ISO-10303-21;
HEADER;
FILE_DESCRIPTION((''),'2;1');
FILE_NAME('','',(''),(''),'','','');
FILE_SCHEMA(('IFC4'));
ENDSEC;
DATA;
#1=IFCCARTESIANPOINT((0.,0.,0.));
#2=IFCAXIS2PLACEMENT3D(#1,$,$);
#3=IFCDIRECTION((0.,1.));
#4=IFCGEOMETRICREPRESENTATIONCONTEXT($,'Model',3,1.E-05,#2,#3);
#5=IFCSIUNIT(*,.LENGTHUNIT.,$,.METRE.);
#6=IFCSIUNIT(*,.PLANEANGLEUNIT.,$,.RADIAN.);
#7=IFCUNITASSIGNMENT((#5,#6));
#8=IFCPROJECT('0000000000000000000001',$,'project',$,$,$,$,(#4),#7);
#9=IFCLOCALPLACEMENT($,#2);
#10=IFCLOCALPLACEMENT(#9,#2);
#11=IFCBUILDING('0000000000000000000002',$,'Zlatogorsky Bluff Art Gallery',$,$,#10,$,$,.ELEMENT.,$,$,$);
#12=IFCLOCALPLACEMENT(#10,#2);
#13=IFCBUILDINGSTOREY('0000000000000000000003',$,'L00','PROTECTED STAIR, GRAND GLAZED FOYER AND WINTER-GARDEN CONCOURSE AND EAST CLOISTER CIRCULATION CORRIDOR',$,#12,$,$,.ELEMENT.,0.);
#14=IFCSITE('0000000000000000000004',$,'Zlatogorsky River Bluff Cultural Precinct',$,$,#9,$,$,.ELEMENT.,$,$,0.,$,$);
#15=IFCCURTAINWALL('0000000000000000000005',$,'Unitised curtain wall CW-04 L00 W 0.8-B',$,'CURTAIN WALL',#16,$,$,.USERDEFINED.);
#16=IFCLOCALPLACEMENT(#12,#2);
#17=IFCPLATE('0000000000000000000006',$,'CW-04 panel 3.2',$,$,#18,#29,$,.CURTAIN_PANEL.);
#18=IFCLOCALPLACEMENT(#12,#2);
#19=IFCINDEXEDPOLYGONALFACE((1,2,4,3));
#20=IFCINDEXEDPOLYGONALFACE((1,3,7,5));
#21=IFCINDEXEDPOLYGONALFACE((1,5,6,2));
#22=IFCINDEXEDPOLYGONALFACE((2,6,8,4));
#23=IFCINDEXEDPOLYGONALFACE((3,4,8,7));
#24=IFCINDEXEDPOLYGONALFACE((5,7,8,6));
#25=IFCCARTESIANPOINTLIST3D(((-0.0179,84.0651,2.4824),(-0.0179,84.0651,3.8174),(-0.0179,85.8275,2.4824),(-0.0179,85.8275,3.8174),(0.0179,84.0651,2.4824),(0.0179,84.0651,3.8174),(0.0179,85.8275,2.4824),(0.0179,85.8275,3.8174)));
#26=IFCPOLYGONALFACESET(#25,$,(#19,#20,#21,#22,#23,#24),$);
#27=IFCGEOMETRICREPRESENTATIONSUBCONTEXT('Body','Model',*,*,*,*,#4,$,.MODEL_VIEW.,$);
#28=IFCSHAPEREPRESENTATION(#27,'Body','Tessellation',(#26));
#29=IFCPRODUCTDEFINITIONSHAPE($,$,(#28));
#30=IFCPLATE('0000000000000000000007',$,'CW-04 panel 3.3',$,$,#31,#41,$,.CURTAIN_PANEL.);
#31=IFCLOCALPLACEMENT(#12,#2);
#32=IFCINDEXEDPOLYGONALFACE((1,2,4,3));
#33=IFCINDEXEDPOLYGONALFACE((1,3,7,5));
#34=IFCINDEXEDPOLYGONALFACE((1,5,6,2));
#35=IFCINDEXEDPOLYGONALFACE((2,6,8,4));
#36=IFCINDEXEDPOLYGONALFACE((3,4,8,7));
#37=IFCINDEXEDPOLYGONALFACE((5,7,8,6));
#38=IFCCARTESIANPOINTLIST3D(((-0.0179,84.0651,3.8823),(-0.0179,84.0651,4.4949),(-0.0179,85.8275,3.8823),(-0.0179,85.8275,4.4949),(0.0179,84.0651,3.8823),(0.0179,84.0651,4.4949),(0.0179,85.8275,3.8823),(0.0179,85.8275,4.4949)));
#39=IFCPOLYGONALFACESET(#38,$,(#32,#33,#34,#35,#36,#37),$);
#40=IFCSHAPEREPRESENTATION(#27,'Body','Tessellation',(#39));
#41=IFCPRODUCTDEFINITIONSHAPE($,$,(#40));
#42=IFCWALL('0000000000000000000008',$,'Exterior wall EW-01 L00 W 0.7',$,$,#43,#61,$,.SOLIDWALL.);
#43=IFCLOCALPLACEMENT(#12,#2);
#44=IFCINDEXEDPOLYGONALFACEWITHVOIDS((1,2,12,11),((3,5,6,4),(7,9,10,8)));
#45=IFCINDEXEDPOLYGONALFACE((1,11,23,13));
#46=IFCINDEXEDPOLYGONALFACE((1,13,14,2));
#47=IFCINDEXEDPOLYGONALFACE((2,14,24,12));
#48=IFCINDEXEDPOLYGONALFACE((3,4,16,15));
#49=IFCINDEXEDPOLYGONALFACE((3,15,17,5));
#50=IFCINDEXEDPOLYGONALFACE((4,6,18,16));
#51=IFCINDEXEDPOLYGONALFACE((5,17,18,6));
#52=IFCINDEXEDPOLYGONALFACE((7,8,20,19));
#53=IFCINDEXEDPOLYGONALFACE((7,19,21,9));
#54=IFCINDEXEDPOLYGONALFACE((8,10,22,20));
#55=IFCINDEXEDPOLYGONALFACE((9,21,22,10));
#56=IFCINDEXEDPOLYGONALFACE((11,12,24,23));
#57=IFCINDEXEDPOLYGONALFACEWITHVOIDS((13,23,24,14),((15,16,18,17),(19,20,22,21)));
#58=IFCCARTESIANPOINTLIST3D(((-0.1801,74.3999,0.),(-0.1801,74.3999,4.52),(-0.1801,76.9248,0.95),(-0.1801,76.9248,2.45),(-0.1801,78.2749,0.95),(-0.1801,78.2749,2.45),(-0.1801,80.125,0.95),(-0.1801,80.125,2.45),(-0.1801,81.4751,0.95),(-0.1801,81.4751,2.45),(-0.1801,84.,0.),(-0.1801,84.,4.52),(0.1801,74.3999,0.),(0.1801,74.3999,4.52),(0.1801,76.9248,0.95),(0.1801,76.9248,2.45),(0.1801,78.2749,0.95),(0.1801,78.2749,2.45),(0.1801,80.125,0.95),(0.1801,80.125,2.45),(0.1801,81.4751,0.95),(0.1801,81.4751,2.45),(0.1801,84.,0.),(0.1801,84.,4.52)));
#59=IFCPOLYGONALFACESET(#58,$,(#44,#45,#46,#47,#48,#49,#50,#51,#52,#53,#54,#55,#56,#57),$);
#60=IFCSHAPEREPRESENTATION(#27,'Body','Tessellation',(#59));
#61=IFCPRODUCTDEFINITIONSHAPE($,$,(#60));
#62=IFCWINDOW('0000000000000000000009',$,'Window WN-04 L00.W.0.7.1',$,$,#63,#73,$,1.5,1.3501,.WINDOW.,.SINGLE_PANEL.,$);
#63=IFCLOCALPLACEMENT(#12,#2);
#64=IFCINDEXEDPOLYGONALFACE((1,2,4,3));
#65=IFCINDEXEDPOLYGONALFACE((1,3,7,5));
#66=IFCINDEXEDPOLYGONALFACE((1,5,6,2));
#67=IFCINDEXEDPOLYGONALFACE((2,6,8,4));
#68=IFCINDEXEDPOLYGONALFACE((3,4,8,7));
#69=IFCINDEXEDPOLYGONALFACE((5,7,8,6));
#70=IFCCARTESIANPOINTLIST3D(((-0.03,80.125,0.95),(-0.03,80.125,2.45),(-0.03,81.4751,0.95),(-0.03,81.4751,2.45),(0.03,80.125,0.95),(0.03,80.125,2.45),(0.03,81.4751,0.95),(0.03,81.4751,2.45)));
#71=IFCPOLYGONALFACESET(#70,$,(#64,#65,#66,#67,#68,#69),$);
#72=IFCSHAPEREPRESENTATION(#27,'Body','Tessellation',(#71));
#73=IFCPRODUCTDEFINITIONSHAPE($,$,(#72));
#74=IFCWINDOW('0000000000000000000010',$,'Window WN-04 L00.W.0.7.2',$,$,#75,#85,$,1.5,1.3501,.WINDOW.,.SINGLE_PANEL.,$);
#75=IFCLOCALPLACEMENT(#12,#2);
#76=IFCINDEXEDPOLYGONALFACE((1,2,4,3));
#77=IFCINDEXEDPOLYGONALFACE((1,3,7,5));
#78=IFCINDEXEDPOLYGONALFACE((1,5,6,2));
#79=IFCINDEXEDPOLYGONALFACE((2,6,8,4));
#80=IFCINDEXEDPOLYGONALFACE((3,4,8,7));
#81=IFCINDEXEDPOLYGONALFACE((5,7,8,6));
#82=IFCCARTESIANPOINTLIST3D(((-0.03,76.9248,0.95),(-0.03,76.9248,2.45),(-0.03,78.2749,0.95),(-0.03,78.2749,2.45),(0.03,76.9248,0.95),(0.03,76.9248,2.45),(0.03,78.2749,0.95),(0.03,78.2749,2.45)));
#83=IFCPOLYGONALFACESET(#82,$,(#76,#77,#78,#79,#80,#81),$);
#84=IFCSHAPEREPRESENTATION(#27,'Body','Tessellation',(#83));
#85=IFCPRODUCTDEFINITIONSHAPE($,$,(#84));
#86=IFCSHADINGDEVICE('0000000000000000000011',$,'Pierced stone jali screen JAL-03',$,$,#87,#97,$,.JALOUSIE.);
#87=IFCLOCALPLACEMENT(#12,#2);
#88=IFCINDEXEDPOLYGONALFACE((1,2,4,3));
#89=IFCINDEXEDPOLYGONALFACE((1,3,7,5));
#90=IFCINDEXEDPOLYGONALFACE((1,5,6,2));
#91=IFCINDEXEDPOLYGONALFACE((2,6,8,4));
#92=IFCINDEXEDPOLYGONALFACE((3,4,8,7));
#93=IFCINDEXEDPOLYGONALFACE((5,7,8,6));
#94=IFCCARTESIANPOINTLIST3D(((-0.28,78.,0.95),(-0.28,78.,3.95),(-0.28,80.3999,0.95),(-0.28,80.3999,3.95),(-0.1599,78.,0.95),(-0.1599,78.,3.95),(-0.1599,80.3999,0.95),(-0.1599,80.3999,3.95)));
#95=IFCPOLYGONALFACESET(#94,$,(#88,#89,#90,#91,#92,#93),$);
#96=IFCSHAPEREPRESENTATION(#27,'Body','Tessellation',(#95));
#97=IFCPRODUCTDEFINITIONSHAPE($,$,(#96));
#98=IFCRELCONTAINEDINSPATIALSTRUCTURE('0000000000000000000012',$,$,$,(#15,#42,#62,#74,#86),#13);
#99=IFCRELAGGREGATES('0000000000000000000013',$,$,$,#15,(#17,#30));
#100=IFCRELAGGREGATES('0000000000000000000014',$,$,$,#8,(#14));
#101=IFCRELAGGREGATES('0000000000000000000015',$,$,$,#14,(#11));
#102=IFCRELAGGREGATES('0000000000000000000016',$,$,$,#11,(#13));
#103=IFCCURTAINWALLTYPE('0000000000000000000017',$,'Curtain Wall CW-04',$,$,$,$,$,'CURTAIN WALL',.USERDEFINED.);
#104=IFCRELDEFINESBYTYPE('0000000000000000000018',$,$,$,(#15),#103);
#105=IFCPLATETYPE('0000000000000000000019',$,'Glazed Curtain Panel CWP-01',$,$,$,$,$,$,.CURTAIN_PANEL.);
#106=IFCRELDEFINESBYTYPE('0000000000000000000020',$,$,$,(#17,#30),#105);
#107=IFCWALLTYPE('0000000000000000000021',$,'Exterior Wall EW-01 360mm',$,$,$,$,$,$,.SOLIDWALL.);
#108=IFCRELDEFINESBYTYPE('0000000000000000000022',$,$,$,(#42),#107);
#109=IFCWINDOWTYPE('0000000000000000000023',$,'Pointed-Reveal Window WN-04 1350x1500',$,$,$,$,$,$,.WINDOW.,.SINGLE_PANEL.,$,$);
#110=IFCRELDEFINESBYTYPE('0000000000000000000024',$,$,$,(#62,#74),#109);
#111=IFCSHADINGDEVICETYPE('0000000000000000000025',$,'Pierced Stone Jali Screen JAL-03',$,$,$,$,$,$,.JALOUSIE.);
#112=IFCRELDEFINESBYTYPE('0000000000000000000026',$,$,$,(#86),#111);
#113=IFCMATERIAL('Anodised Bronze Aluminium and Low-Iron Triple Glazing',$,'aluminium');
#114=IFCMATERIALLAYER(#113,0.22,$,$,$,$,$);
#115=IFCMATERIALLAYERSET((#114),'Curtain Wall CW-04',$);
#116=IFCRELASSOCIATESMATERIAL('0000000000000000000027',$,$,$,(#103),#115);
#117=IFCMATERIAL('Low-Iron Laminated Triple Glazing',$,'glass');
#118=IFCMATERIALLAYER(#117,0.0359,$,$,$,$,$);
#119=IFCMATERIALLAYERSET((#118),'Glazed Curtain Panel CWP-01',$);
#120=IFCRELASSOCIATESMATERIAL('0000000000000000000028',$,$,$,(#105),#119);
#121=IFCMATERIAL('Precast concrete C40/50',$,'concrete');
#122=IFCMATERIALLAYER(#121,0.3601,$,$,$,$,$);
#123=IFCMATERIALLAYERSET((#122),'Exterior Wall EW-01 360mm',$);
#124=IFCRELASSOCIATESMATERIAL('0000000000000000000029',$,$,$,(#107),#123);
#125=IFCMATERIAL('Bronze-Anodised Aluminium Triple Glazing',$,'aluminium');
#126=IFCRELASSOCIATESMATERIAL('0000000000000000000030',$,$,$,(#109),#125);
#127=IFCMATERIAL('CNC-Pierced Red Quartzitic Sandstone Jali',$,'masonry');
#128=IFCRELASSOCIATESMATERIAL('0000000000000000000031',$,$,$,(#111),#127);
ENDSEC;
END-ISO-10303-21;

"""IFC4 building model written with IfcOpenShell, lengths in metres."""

from ifc_helpers import new_model, si_unit, direction, frame, frame_2d, origin, origin_2d, place, context, subcontext, project, spatial, rectangle, extrude, material, layer, layer_set, type_object, element, fill, aggregate, save


model = new_model("IFC4")

# Units and contexts
model_context = context("Model", 3, precision=1e-05, world=origin(), true_north=direction((0.0, 1.0)))
body_context = subcontext(model_context, "Body", "Model", "MODEL_VIEW")
ifc_project = project(units=[si_unit("LENGTHUNIT", "METRE"), si_unit("PLANEANGLEUNIT", "RADIAN")], contexts=[model_context])

# Site, building, storey
site_placement = place(None, origin())
site = spatial("IfcSite", under=ifc_project, at=site_placement, Name="Zlatogorsky River Bluff Cultural Precinct", CompositionType="ELEMENT", RefElevation=0.0)
building_placement = place(site_placement, origin())
building = spatial("IfcBuilding", under=site, at=building_placement, Name="Zlatogorsky Bluff Art Gallery", CompositionType="ELEMENT")
storey_placement = place(building_placement, origin())
storey = spatial("IfcBuildingStorey", under=building, at=storey_placement, Name="L00", Description="PROTECTED STAIR, GRAND GLAZED FOYER AND WINTER-GARDEN CONCOURSE AND EAST CLOISTER CIRCULATION CORRIDOR", CompositionType="ELEMENT", Elevation=0.0)

# Curtain wall, plates
ifc_material_1 = material(Name="Anodised Bronze Aluminium and Low-Iron Triple Glazing", Category="aluminium")
ifc_layer_1 = layer(ifc_material_1, 0.22)
ifc_layer_set_1 = layer_set([ifc_layer_1], Name="Curtain Wall CW-04")
curtain_wall_type = type_object("IfcCurtainWallType", Name="Curtain Wall CW-04", ElementType="CURTAIN WALL", PredefinedType="USERDEFINED", material=ifc_layer_set_1)
curtain_wall_placement = place(storey_placement, origin())
curtain_wall = element("IfcCurtainWall", 1, at=curtain_wall_placement, inside=storey, type_object=curtain_wall_type, Name="Unitised curtain wall CW-04 L00 W 0.8-B", ObjectType="CURTAIN WALL", PredefinedType="USERDEFINED")
ifc_material_2 = material(Name="Low-Iron Laminated Triple Glazing", Category="glass")
ifc_layer_2 = layer(ifc_material_2, 0.0359)
ifc_layer_set_2 = layer_set([ifc_layer_2], Name="Glazed Curtain Panel CWP-01")
plate_type = type_object("IfcPlateType", Name="Glazed Curtain Panel CWP-01", PredefinedType="CURTAIN_PANEL", material=ifc_layer_set_2)
plate_1_placement = place(storey_placement, frame((0.0, 84.9463, 2.4824), z_axis=(0.0, 0.0, 1.0), x_axis=(0.0, -1.0, 0.0)))
plate_1 = element("IfcPlate", 2, at=plate_1_placement, type_object=plate_type, Name="CW-04 panel 3.2", PredefinedType="CURTAIN_PANEL", context=body_context, shape_type="SweptSolid", body=[
    extrude(rectangle(XDim=1.7625, YDim=0.0359, at=origin_2d()), origin(), (0.0, 0.0, 1.0), 1.335),
])
plate_2_placement = place(storey_placement, frame((0.0, 84.9463, 3.8823), z_axis=(0.0, 0.0, 1.0), x_axis=(0.0, -1.0, 0.0)))
plate_2 = element("IfcPlate", 3, at=plate_2_placement, type_object=plate_type, Name="CW-04 panel 3.3", PredefinedType="CURTAIN_PANEL", context=body_context, shape_type="SweptSolid", body=[
    extrude(rectangle(XDim=1.7625, YDim=0.0359, at=origin_2d()), origin(), (0.0, 0.0, 1.0), 0.6125),
])
aggregate(curtain_wall, [plate_1, plate_2])

# Wall, openings, windows
ifc_material_3 = material(Name="Precast concrete C40/50", Category="concrete")
ifc_layer_3 = layer(ifc_material_3, 0.3601)
ifc_layer_set_3 = layer_set([ifc_layer_3], Name="Exterior Wall EW-01 360mm")
wall_type = type_object("IfcWallType", Name="Exterior Wall EW-01 360mm", PredefinedType="SOLIDWALL", material=ifc_layer_set_3)
wall_placement = place(storey_placement, frame((0.0, 84.0, 0.0), z_axis=(0.0, 0.0, 1.0), x_axis=(0.0, -1.0, 0.0)))
wall = element("IfcWall", 4, at=wall_placement, inside=storey, type_object=wall_type, Name="Exterior wall EW-01 L00 W 0.7", PredefinedType="SOLIDWALL", context=body_context, shape_type="SweptSolid", body=[
    extrude(rectangle(XDim=9.6001, YDim=0.3601, at=frame_2d((4.8, 0.0))), origin(), (0.0, 0.0, 1.0), 4.52),
])
opening_1_placement = place(wall_placement, frame((2.5249, 0.0, 0.95)))
opening_1 = element("IfcOpeningElement", 5, at=opening_1_placement, cuts=wall, PredefinedType="OPENING", context=body_context, shape_type="SweptSolid", body=[
    extrude(rectangle(XDim=1.3501, YDim=1.5, at=frame_2d((0.675, 0.75))), frame((0.0, 0.1899, 0.0), z_axis=(0.0, -1.0, 0.0), x_axis=(1.0, 0.0, 0.0)), (0.0, 0.0, 1.0), 0.3801),
])
opening_2_placement = place(wall_placement, frame((5.7251, 0.0, 0.95)))
opening_2 = element("IfcOpeningElement", 6, at=opening_2_placement, cuts=wall, PredefinedType="OPENING", context=body_context, shape_type="SweptSolid", body=[
    extrude(rectangle(XDim=1.3501, YDim=1.5, at=frame_2d((0.675, 0.75))), frame((0.0, 0.1899, 0.0), z_axis=(0.0, -1.0, 0.0), x_axis=(1.0, 0.0, 0.0)), (0.0, 0.0, 1.0), 0.3801),
])
ifc_material_4 = material(Name="Bronze-Anodised Aluminium Triple Glazing", Category="aluminium")
window_type = type_object("IfcWindowType", Name="Pointed-Reveal Window WN-04 1350x1500", PartitioningType="SINGLE_PANEL", PredefinedType="WINDOW", material=ifc_material_4)
window_1_placement = place(opening_1_placement, origin())
window_1 = element("IfcWindow", 7, at=window_1_placement, inside=storey, type_object=window_type, Name="Window WN-04 L00.W.0.7.1", OverallHeight=1.5, OverallWidth=1.3501, PartitioningType="SINGLE_PANEL", PredefinedType="WINDOW", context=body_context, shape_type="SweptSolid", body=[
    extrude(rectangle(XDim=1.3501, YDim=1.5, at=frame_2d((0.675, 0.75))), frame((0.0, 0.03, 0.0), z_axis=(0.0, -1.0, 0.0), x_axis=(1.0, 0.0, 0.0)), (0.0, 0.0, 1.0), 0.0601),
])
fill(opening_1, window_1)
window_2_placement = place(opening_2_placement, origin())
window_2 = element("IfcWindow", 8, at=window_2_placement, inside=storey, type_object=window_type, Name="Window WN-04 L00.W.0.7.2", OverallHeight=1.5, OverallWidth=1.3501, PartitioningType="SINGLE_PANEL", PredefinedType="WINDOW", context=body_context, shape_type="SweptSolid", body=[
    extrude(rectangle(XDim=1.3501, YDim=1.5, at=frame_2d((0.675, 0.75))), frame((0.0, 0.03, 0.0), z_axis=(0.0, -1.0, 0.0), x_axis=(1.0, 0.0, 0.0)), (0.0, 0.0, 1.0), 0.0601),
])
fill(opening_2, window_2)

# Shading device
ifc_material_5 = material(Name="CNC-Pierced Red Quartzitic Sandstone Jali", Category="masonry")
shading_device_type = type_object("IfcShadingDeviceType", Name="Pierced Stone Jali Screen JAL-03", PredefinedType="JALOUSIE", material=ifc_material_5)
shading_device_placement = place(storey_placement, frame((-0.22, 79.2, 0.95), z_axis=(0.0, 0.0, 1.0), x_axis=(1.0, 0.0, 0.0)))
element("IfcShadingDevice", 9, at=shading_device_placement, inside=storey, type_object=shading_device_type, Name="Pierced stone jali screen JAL-03", PredefinedType="JALOUSIE", context=body_context, shape_type="SweptSolid", body=[
    extrude(rectangle(XDim=0.1201, YDim=2.3999, at=origin_2d()), origin(), (0.0, 0.0, 1.0), 3.0),
])

save(model, "model.ifc")
